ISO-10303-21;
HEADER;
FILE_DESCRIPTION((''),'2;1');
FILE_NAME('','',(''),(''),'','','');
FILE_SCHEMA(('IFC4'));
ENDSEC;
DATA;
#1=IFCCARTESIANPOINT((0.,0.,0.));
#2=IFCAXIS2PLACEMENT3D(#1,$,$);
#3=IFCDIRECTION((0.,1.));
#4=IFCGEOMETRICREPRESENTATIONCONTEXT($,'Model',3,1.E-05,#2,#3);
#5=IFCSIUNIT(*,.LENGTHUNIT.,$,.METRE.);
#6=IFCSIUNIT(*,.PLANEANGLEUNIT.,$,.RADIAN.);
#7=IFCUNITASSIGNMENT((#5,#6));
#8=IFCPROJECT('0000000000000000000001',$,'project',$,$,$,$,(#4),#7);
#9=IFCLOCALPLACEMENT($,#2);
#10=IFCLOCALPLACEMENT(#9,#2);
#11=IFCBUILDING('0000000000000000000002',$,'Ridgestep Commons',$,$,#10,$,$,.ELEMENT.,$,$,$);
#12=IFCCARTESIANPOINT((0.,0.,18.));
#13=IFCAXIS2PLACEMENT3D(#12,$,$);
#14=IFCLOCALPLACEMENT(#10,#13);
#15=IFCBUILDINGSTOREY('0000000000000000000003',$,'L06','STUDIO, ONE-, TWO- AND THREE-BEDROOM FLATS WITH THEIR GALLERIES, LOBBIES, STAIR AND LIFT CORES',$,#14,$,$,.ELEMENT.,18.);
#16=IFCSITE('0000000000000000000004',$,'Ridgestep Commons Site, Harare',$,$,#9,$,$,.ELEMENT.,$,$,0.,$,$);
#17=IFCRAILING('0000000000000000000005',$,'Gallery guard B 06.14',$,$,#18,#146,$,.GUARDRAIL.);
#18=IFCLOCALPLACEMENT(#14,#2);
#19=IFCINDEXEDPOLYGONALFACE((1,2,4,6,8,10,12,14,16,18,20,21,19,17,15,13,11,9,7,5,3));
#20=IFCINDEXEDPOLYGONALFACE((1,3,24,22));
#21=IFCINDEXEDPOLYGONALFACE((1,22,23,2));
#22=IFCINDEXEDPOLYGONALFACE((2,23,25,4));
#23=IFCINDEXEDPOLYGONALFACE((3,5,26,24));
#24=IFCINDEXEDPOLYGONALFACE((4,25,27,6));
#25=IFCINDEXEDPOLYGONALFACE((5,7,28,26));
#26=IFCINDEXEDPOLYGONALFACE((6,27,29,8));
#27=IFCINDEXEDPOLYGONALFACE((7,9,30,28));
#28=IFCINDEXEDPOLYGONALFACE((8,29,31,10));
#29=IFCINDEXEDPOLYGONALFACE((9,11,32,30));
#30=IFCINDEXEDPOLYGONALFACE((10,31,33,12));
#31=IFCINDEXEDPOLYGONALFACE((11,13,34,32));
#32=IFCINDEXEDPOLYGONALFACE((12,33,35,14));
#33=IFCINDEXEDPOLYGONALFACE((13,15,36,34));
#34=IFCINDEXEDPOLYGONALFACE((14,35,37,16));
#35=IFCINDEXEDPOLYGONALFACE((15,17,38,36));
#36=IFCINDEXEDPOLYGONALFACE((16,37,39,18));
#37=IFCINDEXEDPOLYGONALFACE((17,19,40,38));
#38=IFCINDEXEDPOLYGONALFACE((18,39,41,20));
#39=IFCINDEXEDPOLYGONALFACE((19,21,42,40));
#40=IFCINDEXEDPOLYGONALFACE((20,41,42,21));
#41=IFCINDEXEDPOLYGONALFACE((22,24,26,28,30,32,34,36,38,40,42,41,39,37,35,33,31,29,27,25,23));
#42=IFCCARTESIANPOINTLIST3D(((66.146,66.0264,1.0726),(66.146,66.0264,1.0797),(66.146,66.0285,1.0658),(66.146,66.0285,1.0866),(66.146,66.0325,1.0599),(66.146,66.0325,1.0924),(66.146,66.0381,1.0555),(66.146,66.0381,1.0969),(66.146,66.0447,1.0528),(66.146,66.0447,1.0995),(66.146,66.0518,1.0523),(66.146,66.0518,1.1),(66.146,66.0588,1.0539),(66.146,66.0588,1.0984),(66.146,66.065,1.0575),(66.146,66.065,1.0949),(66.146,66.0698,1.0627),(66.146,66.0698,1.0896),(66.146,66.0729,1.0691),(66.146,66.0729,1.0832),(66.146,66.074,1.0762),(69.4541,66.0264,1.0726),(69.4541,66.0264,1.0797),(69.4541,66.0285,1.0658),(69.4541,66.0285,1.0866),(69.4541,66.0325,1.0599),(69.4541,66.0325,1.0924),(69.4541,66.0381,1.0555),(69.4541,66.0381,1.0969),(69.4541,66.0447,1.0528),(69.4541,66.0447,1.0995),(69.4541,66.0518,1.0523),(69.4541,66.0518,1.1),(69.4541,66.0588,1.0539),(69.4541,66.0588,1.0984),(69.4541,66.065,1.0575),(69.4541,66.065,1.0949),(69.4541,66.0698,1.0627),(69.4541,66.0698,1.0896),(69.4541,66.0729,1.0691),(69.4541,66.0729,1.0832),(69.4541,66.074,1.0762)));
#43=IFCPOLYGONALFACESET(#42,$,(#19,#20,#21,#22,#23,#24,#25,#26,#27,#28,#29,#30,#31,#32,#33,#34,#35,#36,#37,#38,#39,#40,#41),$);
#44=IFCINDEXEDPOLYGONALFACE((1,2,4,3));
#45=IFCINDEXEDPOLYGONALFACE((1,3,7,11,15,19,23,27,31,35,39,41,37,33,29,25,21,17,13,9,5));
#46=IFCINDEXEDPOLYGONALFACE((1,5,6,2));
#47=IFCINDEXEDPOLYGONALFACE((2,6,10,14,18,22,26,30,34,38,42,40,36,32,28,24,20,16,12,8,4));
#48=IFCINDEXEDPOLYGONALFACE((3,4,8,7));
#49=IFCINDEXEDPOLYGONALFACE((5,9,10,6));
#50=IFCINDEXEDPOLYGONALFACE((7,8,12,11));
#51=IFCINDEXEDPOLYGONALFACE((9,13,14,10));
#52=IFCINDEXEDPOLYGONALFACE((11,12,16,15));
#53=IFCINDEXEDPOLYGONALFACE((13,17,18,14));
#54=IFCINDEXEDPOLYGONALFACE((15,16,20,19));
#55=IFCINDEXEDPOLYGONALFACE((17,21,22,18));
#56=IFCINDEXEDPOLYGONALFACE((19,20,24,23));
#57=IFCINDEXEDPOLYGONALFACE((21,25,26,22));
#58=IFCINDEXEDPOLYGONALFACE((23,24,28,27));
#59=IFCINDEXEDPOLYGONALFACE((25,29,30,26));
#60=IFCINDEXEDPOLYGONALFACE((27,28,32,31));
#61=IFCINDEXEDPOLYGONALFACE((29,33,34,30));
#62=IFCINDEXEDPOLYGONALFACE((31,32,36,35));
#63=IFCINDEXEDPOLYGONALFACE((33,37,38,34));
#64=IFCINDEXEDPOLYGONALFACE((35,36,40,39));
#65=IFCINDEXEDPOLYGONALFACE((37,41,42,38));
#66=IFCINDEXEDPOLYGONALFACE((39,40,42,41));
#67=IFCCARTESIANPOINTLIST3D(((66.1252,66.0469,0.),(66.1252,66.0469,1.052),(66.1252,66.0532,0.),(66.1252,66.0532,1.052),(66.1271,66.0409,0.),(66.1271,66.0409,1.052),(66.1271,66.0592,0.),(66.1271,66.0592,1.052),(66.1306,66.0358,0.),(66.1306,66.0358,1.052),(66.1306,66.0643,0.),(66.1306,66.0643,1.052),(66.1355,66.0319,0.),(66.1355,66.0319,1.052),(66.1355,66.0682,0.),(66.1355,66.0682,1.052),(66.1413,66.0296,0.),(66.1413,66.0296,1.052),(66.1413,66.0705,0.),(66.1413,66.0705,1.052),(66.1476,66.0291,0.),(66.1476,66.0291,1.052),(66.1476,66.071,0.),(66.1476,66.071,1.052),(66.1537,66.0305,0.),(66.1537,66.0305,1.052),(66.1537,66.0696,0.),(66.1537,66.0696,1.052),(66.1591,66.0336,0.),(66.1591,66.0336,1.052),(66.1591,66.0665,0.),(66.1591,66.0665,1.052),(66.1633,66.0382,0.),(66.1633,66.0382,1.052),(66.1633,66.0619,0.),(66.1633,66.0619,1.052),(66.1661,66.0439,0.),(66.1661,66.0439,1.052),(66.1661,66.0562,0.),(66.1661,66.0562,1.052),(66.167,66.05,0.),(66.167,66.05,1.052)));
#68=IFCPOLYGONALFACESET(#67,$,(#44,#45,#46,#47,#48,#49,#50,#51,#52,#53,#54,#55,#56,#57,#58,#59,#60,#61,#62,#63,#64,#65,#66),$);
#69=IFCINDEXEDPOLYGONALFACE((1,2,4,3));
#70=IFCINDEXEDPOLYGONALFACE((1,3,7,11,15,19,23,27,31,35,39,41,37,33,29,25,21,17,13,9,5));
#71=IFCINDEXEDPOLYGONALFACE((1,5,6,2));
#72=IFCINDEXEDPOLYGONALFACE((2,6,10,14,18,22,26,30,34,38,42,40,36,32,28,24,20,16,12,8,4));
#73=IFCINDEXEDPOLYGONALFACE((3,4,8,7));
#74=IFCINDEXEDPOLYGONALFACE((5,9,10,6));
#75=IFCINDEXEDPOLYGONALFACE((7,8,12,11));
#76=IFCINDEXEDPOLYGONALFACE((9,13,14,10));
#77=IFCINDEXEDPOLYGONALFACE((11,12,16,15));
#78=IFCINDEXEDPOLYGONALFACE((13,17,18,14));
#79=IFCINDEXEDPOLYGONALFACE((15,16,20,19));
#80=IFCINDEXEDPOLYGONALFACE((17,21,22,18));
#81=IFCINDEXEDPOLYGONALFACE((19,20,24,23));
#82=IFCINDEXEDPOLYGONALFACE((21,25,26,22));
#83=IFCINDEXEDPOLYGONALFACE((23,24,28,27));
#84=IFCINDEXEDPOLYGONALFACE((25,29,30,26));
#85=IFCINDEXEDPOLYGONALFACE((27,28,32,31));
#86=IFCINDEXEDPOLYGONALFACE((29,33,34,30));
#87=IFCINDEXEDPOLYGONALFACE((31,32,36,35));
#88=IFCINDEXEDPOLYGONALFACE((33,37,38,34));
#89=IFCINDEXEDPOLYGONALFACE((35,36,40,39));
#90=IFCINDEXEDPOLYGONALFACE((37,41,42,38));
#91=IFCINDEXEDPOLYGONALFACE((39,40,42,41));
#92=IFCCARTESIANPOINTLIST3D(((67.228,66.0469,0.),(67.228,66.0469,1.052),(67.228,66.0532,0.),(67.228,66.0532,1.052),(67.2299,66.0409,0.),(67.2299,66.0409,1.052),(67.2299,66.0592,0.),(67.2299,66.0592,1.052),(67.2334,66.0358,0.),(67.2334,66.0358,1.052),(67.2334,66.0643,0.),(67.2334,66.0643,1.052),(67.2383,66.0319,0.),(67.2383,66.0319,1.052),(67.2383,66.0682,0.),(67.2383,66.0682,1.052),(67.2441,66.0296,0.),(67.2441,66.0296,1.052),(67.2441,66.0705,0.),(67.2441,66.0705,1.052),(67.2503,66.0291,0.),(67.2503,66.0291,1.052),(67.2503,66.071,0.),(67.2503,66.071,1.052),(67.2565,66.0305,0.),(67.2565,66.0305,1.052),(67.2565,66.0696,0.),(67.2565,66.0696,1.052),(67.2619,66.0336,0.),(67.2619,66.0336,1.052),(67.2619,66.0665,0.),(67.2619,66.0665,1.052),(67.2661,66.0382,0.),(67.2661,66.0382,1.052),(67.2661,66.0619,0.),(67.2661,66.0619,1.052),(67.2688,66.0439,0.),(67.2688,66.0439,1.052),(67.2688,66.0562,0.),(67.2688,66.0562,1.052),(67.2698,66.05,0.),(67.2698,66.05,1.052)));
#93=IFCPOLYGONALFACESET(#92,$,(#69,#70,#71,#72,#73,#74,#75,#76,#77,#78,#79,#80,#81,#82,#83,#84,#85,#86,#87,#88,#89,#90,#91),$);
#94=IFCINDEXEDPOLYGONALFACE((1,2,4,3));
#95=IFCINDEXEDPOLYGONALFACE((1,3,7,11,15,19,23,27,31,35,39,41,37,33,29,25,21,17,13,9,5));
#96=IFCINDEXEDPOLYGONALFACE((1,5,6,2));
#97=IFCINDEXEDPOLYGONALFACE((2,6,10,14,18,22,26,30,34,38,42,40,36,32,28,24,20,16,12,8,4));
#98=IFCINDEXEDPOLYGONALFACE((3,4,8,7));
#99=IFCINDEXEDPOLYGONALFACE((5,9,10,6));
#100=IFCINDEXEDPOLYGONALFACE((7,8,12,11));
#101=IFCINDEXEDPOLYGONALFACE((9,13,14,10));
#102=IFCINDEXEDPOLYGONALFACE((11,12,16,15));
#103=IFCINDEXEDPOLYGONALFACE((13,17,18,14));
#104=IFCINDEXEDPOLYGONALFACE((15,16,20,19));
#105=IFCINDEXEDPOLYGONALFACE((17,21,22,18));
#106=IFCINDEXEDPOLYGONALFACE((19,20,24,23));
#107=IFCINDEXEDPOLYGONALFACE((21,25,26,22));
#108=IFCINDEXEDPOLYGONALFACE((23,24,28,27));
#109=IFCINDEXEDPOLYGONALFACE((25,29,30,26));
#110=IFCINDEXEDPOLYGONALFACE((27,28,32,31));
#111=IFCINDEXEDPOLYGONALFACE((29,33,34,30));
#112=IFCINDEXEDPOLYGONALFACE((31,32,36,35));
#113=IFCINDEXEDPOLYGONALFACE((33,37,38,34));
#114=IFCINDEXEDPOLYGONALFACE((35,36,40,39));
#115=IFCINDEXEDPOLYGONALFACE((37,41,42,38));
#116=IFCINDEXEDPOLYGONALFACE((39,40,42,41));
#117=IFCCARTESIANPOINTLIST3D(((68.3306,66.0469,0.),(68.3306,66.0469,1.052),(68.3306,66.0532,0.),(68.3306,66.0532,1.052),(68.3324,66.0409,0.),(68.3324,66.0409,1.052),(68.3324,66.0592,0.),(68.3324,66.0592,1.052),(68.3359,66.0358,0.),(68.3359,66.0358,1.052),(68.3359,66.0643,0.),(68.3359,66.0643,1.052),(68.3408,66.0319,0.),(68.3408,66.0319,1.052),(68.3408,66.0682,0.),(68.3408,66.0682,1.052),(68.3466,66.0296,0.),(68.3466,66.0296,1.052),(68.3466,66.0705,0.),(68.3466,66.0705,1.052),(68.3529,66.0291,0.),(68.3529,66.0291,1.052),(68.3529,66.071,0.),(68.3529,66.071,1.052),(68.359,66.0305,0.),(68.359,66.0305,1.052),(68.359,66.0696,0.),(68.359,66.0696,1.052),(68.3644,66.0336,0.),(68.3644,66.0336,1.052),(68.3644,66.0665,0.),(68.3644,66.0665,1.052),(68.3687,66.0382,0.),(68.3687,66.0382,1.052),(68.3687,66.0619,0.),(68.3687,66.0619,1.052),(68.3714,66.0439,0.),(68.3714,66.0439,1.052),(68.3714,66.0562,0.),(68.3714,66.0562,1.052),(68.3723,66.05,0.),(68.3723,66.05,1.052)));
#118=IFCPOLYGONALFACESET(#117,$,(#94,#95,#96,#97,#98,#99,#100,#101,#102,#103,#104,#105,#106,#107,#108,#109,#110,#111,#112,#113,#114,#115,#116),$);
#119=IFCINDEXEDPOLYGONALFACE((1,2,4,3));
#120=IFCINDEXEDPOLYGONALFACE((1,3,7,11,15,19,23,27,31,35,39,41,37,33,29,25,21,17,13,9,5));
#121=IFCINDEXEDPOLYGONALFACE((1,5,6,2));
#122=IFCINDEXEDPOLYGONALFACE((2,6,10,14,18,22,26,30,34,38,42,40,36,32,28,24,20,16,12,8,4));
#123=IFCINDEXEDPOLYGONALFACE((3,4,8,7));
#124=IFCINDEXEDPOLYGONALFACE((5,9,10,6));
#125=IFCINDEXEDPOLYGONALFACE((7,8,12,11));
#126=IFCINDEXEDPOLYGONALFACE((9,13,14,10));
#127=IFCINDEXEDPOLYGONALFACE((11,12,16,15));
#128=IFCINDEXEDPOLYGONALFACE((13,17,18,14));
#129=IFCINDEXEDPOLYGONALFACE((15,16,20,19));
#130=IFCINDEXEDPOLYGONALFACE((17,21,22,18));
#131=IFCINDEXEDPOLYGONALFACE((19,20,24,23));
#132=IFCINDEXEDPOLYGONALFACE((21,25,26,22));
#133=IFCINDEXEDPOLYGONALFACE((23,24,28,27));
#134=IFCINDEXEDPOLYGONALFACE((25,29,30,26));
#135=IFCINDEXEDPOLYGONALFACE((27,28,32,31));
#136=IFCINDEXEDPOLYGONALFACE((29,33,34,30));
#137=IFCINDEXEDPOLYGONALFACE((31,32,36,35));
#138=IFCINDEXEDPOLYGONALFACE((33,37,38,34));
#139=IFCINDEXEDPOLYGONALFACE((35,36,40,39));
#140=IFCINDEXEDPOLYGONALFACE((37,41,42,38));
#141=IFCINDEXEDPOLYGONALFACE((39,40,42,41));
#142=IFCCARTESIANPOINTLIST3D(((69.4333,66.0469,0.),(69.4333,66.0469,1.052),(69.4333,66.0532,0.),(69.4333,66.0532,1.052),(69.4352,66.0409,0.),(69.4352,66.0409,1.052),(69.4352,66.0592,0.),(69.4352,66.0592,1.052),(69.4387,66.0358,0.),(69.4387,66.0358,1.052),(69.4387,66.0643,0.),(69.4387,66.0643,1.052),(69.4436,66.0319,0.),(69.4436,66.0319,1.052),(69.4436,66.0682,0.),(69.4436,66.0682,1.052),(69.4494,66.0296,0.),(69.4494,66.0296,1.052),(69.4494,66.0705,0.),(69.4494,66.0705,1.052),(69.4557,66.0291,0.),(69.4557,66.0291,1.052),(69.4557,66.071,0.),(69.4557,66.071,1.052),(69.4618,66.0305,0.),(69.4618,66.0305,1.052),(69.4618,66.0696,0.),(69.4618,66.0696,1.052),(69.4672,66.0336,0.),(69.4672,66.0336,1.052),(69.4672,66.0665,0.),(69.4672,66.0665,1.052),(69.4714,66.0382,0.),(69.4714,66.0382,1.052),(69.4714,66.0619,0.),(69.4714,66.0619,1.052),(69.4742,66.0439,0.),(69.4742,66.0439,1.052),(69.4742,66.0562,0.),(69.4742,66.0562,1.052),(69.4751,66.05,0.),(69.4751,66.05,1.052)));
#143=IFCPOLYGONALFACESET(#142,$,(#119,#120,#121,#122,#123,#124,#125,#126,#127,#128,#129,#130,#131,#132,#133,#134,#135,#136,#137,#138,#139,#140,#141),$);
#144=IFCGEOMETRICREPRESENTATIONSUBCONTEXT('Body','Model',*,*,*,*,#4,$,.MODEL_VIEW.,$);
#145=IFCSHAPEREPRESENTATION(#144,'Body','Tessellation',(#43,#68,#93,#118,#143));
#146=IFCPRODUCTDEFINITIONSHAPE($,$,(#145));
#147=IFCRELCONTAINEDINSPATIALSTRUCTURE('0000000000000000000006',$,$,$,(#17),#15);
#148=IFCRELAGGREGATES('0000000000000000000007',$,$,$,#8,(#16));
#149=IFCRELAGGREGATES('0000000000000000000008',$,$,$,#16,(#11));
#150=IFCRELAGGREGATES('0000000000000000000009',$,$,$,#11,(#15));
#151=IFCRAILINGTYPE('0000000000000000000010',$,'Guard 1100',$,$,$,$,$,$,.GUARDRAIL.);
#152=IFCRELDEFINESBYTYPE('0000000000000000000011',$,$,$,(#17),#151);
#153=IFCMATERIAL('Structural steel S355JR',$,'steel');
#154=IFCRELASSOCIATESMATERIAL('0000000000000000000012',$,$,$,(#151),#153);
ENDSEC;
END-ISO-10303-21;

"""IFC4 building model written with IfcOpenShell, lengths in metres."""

from ifc_helpers import new_model, si_unit, direction, frame, origin, origin_2d, place, context, subcontext, project, spatial, circle, extrude, material, type_object, element, save


model = new_model("IFC4")

# Units and contexts
model_context = context("Model", 3, precision=1e-05, world=origin(), true_north=direction((0.0, 1.0)))
body_context = subcontext(model_context, "Body", "Model", "MODEL_VIEW")
ifc_project = project(units=[si_unit("LENGTHUNIT", "METRE"), si_unit("PLANEANGLEUNIT", "RADIAN")], contexts=[model_context])

# Site, building, storey
site_placement = place(None, origin())
site = spatial("IfcSite", under=ifc_project, at=site_placement, Name="Ridgestep Commons Site, Harare", CompositionType="ELEMENT", RefElevation=0.0)
building_placement = place(site_placement, origin())
building = spatial("IfcBuilding", under=site, at=building_placement, Name="Ridgestep Commons", CompositionType="ELEMENT")
storey_placement = place(building_placement, frame((0.0, 0.0, 18.0)))
storey = spatial("IfcBuildingStorey", under=building, at=storey_placement, Name="L06", Description="STUDIO, ONE-, TWO- AND THREE-BEDROOM FLATS WITH THEIR GALLERIES, LOBBIES, STAIR AND LIFT CORES", CompositionType="ELEMENT", Elevation=18.0)

# Railing
ifc_material_1 = material(Name="Structural steel S355JR", Category="steel")
railing_type = type_object("IfcRailingType", Name="Guard 1100", PredefinedType="GUARDRAIL", material=ifc_material_1)
railing_1_placement = place(storey_placement, frame((66.146, 66.05, 0.0)))
element("IfcRailing", 1, at=railing_1_placement, inside=storey, type_object=railing_type, Name="Gallery guard B 06.14", PredefinedType="GUARDRAIL", context=body_context, shape_type="SweptSolid", body=[
    extrude(circle(Radius=0.0239, at=origin_2d()), frame((0.0, 0.0, 1.0762), z_axis=(1.0, 0.0, 0.0), x_axis=(0.0, 1.0, 0.0)), (0.0, 0.0, 1.0), 3.3081),
    extrude(circle(Radius=0.021, at=origin_2d()), origin(), (0.0, 0.0, 1.0), 1.052),
    extrude(circle(Radius=0.021, at=origin_2d()), frame((1.1028, 0.0, 0.0)), (0.0, 0.0, 1.0), 1.052),
    extrude(circle(Radius=0.021, at=origin_2d()), frame((2.2053, 0.0, 0.0)), (0.0, 0.0, 1.0), 1.052),
    extrude(circle(Radius=0.021, at=origin_2d()), frame((3.3081, 0.0, 0.0)), (0.0, 0.0, 1.0), 1.052),
])

save(model, "model.ifc")
